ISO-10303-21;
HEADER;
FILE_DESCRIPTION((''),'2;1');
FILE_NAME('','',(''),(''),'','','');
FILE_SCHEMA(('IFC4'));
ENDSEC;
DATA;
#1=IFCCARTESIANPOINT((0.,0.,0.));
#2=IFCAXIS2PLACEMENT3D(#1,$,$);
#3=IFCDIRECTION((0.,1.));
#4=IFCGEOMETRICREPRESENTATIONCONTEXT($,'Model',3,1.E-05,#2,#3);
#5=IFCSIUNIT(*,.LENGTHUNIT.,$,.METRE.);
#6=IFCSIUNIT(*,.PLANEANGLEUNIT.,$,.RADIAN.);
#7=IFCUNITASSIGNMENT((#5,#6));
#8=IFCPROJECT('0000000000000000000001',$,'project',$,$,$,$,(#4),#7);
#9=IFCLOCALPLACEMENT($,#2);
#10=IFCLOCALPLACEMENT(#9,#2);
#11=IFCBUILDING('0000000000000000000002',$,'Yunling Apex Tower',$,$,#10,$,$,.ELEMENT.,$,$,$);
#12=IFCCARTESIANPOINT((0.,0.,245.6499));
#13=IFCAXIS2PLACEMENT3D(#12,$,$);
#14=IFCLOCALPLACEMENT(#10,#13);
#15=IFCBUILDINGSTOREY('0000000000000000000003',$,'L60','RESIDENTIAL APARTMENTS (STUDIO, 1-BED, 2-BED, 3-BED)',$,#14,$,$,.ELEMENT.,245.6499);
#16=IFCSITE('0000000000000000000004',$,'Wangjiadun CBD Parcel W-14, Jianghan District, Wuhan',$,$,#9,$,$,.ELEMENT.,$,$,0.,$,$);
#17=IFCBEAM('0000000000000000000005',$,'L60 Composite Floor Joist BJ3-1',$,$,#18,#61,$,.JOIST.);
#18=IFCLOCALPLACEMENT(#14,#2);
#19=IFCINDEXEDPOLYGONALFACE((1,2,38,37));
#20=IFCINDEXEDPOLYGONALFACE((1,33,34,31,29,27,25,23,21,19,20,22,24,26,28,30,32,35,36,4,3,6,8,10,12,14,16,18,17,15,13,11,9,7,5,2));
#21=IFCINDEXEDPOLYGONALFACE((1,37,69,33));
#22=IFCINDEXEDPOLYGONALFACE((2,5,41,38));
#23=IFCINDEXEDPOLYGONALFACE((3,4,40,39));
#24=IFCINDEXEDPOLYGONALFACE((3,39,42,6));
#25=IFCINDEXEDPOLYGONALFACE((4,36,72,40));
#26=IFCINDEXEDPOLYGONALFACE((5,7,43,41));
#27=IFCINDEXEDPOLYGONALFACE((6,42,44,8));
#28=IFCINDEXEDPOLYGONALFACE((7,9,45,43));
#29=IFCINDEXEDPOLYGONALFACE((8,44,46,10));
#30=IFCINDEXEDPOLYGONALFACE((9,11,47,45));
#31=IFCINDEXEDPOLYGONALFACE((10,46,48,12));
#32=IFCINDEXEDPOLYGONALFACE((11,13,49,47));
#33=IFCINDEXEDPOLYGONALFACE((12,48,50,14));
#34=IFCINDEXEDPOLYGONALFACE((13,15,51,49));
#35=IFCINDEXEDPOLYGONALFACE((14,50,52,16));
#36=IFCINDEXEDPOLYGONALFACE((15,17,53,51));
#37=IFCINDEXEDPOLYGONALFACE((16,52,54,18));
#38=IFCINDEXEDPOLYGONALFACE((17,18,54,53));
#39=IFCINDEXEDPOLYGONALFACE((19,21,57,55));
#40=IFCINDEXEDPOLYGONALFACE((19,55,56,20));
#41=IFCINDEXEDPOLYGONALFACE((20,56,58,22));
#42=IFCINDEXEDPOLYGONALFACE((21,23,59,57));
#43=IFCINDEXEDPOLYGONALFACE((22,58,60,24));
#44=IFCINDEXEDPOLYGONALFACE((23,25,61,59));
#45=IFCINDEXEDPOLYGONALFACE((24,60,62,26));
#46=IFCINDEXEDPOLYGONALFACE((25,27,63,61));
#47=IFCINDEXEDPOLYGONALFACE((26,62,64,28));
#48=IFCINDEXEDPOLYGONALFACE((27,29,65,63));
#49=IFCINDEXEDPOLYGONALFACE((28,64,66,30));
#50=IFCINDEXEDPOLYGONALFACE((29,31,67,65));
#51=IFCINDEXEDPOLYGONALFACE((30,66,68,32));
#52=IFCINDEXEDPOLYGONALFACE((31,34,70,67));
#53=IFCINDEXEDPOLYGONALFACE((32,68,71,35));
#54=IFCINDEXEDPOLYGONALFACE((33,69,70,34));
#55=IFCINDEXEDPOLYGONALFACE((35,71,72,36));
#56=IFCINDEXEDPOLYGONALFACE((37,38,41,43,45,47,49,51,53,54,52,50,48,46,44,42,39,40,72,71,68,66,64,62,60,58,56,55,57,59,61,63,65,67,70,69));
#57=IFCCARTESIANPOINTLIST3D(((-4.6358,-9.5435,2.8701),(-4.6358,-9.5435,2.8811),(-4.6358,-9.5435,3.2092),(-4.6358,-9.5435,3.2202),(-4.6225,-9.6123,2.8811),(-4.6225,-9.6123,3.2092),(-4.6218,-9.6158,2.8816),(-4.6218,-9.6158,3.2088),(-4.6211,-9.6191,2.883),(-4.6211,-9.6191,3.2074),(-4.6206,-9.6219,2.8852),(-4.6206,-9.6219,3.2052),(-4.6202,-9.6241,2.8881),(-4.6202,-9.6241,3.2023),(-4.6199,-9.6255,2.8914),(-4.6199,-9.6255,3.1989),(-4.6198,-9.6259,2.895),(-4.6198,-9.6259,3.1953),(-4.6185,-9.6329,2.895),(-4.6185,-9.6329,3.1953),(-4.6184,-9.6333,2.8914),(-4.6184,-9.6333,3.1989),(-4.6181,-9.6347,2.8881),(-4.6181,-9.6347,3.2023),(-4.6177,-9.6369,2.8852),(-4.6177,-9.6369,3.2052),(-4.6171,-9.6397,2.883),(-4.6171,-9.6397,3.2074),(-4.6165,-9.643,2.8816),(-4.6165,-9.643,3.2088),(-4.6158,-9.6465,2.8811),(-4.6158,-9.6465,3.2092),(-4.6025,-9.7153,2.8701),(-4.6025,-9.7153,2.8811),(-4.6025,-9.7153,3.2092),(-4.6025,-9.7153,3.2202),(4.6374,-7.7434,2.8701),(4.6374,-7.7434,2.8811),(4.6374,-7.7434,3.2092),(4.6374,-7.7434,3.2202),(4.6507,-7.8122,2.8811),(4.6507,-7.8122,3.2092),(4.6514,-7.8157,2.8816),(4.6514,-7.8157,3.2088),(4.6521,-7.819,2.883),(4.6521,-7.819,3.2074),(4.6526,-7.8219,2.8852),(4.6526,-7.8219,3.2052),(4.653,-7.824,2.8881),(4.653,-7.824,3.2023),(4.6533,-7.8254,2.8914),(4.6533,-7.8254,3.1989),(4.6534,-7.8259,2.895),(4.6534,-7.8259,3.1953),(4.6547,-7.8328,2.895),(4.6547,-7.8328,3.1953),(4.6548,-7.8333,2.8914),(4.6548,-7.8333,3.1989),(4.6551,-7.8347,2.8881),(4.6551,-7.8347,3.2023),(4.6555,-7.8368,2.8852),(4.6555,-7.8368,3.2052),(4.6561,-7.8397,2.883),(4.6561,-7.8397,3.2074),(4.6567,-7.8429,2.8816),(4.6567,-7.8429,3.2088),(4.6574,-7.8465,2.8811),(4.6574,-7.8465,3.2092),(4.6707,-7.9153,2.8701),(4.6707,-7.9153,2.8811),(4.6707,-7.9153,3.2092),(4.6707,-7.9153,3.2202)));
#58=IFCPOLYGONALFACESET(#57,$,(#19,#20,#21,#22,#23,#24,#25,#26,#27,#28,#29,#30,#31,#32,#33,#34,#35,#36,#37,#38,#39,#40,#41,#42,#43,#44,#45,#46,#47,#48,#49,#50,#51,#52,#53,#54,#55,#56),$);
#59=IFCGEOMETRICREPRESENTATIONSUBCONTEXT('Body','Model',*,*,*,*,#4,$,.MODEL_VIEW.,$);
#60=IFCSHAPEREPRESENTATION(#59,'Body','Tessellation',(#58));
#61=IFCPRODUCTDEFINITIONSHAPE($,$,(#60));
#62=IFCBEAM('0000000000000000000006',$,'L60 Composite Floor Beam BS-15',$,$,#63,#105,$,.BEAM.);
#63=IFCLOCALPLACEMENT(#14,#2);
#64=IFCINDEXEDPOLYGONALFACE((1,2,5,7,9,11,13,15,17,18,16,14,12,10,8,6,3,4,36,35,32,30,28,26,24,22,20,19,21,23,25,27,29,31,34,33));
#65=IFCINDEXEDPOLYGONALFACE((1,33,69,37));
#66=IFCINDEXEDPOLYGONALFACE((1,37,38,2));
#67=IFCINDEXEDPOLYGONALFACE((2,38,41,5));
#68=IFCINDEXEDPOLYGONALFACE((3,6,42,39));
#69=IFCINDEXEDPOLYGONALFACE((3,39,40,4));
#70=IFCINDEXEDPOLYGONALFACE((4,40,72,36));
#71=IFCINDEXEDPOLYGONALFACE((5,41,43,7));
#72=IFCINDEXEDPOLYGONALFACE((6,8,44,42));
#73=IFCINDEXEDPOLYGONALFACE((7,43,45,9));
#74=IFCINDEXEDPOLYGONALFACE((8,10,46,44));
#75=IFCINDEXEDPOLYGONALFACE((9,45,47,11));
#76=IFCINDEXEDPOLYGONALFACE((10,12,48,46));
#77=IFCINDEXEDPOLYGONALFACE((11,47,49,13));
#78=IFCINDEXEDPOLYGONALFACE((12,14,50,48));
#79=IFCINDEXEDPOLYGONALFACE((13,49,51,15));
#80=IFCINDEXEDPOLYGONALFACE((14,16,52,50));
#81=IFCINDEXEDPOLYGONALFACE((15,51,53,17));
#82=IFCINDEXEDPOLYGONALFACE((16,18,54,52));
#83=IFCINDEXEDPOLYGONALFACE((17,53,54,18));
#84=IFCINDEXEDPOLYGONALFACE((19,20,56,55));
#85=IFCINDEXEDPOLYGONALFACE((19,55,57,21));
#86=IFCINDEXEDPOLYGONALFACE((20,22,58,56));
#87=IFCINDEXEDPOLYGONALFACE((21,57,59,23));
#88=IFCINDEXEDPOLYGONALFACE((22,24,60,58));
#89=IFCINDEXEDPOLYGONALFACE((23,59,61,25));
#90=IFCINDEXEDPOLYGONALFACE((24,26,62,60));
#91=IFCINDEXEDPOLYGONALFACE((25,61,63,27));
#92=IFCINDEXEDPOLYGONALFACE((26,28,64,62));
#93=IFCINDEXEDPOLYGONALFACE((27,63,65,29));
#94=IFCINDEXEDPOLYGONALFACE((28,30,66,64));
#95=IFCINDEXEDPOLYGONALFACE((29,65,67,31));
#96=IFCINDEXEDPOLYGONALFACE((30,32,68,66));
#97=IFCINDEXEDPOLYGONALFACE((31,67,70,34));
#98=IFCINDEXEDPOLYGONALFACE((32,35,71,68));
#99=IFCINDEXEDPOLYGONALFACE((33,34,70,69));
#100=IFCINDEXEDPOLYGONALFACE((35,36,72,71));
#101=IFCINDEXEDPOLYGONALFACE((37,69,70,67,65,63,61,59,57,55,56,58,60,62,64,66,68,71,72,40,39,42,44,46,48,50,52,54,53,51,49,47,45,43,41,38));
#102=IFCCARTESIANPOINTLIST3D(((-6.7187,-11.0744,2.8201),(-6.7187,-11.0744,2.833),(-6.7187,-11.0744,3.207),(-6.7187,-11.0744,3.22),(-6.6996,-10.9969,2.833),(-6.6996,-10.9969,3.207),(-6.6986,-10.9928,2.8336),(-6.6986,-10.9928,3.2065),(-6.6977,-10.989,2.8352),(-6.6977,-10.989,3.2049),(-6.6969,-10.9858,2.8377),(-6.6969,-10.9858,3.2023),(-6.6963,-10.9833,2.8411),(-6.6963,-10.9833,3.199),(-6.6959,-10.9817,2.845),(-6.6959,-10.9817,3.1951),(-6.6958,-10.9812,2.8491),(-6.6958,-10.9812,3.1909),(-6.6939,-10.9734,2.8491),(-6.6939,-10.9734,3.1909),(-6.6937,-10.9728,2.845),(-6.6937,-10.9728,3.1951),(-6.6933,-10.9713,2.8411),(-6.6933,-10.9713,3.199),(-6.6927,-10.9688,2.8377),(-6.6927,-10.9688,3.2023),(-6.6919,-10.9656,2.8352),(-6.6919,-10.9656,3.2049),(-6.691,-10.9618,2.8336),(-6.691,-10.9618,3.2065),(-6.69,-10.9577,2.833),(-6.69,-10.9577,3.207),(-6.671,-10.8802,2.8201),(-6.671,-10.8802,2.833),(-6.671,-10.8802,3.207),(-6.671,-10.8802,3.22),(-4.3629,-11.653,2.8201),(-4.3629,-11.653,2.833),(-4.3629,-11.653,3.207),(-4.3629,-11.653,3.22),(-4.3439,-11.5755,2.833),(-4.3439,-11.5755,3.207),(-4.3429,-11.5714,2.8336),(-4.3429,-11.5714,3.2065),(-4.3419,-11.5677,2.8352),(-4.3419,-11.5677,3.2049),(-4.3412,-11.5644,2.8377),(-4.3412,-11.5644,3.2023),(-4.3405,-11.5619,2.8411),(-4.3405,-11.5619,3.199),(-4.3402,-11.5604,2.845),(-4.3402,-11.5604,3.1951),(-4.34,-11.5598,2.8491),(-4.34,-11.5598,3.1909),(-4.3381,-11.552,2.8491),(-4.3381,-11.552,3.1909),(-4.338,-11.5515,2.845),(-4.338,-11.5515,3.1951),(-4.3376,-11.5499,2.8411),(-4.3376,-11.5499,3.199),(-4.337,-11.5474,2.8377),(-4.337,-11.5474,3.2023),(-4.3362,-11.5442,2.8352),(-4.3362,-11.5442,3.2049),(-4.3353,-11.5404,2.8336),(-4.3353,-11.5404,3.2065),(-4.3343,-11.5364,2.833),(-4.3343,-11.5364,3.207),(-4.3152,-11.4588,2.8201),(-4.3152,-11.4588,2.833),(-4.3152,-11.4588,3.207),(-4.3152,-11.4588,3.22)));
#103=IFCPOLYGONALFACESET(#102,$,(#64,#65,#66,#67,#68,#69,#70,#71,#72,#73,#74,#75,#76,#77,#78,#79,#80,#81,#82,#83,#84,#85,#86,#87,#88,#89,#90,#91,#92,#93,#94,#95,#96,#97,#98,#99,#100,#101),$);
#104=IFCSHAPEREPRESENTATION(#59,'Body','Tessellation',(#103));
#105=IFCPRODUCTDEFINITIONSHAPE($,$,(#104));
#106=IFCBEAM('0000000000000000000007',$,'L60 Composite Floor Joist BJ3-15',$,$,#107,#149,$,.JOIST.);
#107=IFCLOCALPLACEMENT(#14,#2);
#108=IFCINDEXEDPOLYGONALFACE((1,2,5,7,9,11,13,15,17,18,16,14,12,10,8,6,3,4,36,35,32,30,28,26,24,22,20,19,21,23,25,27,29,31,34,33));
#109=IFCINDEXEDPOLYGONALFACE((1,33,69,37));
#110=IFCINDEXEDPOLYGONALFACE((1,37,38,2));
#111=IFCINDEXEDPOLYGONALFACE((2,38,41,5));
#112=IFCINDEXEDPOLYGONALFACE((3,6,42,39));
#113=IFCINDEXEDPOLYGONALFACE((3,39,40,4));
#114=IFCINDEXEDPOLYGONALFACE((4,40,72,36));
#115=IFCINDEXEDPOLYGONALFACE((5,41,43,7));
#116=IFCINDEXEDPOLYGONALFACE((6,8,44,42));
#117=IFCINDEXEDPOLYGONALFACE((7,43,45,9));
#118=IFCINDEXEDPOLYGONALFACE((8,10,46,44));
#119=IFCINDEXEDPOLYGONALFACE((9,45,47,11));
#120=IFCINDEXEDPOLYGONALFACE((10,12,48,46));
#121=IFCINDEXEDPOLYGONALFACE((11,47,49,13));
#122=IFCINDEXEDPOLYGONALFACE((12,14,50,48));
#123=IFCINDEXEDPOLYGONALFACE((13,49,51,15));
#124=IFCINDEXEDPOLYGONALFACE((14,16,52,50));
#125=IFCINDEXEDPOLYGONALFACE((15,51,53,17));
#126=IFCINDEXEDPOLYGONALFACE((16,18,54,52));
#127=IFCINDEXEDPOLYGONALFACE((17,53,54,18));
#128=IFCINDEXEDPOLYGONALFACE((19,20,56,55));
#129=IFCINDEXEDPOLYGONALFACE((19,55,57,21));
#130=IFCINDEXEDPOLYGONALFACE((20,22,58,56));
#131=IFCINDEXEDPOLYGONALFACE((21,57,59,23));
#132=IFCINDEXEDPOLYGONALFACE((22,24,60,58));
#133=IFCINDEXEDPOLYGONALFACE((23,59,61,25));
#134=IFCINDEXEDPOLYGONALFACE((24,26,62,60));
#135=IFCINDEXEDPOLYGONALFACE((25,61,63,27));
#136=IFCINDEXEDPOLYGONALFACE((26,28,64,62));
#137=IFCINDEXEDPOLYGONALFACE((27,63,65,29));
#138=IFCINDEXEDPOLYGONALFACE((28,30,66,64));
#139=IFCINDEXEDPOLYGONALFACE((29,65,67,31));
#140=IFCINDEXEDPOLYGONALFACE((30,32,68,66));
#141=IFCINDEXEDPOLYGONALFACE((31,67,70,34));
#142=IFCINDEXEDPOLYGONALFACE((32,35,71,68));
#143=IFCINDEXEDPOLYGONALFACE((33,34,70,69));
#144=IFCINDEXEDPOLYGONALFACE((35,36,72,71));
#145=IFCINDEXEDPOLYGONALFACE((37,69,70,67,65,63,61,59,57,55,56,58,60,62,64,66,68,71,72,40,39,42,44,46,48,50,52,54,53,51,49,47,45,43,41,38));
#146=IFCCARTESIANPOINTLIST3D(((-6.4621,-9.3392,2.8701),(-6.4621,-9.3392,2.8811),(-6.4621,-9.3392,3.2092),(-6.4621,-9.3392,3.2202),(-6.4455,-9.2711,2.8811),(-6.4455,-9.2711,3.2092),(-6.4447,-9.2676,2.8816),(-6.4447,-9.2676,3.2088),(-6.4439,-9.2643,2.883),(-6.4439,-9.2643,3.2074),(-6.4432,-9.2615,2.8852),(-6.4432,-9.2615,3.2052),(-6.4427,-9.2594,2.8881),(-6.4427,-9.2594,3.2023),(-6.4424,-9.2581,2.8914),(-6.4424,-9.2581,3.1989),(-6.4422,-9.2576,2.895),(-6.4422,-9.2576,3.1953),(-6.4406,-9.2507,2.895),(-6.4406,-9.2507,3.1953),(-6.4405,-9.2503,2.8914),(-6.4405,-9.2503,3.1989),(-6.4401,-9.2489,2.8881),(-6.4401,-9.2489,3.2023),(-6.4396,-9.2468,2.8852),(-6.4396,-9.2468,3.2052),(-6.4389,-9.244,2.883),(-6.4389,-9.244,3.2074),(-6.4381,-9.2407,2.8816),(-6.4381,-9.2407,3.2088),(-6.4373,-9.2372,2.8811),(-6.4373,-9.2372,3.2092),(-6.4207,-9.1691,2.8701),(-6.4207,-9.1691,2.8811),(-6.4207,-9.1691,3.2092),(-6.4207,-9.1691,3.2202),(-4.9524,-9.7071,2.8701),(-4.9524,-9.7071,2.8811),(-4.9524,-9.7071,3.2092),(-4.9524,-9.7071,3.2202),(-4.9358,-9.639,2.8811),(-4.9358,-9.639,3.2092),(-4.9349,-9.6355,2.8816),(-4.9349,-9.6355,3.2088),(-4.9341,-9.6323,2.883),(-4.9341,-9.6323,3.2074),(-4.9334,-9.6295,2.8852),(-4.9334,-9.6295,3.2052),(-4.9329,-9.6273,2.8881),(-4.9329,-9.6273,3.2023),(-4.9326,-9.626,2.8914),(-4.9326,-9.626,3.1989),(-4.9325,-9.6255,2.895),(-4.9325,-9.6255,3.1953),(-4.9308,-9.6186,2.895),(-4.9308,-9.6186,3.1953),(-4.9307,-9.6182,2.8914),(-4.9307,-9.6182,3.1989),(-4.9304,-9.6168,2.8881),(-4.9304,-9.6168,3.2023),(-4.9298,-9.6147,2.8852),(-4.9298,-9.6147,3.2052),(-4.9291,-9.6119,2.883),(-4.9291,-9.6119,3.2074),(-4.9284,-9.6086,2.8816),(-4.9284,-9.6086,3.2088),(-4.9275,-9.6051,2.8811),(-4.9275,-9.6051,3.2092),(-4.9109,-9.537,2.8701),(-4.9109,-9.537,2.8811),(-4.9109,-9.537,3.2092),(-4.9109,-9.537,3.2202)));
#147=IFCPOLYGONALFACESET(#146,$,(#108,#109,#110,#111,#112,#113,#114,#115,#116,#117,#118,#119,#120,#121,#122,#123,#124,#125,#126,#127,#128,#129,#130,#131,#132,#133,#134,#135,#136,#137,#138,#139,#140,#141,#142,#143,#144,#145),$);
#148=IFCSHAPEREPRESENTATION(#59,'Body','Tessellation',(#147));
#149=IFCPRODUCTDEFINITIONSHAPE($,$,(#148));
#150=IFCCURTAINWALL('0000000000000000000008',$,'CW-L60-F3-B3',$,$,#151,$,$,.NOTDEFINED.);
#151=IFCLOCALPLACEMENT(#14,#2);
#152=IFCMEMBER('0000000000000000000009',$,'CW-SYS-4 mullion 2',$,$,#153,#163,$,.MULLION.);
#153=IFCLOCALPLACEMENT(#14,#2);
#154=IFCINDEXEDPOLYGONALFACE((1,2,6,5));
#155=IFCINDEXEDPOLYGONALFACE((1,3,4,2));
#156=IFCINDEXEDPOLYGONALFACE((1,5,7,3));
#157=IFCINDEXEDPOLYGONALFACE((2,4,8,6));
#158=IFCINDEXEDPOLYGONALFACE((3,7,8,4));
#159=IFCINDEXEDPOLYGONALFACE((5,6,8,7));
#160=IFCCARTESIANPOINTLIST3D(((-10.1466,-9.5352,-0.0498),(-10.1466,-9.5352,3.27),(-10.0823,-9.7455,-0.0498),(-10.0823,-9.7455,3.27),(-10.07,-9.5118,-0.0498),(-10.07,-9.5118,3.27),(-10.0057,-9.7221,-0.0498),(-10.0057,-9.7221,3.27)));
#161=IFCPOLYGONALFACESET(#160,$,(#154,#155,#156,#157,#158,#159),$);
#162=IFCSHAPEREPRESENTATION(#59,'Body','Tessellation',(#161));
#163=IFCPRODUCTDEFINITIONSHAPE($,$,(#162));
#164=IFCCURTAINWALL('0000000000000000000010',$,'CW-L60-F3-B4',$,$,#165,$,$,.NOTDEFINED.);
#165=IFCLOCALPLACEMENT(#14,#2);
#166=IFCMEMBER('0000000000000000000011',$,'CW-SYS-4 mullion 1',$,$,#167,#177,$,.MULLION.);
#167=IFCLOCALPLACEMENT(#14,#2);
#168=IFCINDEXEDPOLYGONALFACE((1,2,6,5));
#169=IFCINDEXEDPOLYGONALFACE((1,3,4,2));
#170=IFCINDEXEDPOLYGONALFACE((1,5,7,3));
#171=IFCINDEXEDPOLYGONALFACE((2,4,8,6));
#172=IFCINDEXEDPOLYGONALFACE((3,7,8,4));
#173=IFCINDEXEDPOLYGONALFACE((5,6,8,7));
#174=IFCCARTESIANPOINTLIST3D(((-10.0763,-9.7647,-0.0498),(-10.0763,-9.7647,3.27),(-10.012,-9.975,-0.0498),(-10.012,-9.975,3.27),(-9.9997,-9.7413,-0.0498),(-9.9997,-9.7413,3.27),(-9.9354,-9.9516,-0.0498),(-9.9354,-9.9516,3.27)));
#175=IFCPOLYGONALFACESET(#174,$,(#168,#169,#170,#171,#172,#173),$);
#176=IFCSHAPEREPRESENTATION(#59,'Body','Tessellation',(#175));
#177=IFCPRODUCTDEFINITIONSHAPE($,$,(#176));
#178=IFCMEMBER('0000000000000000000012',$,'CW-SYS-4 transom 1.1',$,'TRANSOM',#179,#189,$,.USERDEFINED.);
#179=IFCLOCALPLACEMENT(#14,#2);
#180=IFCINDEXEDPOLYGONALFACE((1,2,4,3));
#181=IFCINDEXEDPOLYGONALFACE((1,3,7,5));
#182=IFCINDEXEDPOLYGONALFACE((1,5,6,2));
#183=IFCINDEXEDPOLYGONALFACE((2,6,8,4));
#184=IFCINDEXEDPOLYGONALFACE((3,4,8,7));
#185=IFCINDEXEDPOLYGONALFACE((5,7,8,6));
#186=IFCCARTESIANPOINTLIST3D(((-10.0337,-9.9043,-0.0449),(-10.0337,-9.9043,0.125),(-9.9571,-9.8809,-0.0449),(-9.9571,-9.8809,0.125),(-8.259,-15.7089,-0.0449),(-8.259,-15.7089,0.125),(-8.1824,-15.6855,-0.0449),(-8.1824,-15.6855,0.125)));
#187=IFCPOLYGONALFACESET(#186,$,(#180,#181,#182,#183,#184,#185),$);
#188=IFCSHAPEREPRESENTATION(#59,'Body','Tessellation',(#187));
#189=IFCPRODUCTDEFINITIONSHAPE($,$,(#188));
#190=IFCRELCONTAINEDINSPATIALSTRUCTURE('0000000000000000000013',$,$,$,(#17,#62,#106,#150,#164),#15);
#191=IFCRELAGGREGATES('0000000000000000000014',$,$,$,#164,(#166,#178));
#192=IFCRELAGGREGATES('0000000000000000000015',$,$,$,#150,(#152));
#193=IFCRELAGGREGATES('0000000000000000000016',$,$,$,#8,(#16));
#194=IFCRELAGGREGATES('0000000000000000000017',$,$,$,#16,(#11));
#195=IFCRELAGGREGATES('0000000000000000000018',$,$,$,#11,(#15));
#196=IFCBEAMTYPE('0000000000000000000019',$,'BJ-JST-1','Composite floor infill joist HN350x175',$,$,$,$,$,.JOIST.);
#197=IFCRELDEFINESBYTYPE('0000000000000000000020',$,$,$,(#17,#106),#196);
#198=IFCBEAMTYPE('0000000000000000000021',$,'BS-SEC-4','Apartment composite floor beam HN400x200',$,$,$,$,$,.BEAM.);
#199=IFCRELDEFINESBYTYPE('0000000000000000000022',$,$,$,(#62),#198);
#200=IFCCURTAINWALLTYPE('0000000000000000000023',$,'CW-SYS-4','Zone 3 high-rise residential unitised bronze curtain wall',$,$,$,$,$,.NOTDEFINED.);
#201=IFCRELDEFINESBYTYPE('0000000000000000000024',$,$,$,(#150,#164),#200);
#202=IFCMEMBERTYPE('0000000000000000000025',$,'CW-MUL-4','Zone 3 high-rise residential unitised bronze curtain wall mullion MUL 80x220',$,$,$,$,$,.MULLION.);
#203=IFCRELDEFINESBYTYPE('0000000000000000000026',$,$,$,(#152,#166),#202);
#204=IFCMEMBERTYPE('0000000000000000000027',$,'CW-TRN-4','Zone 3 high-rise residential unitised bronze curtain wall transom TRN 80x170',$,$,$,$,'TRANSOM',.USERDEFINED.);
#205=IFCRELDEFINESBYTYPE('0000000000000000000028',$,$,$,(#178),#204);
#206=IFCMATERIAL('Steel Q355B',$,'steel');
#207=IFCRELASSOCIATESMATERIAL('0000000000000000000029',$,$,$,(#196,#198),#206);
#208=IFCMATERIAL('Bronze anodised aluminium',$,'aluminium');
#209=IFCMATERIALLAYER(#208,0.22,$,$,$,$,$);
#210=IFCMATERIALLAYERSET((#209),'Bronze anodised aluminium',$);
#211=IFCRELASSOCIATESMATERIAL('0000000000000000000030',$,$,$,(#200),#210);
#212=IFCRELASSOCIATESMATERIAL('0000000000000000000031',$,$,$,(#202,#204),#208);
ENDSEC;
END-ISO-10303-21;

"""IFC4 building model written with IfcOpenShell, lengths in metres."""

from ifc_helpers import new_model, si_unit, direction, frame, origin, origin_2d, place, context, subcontext, project, spatial, rectangle, i_section, extrude, source, transform, mapped, material, layer, layer_set, material_profile, profile_set, type_object, element, aggregate, save


model = new_model("IFC4")

# Units and contexts
model_context = context("Model", 3, precision=1e-05, world=origin(), true_north=direction((0.0, 1.0)))
body_context = subcontext(model_context, "Body", "Model", "MODEL_VIEW")
ifc_project = project(units=[si_unit("LENGTHUNIT", "METRE"), si_unit("PLANEANGLEUNIT", "RADIAN")], contexts=[model_context])

# Site, building, storey
site_placement = place(None, origin())
site = spatial("IfcSite", under=ifc_project, at=site_placement, Name="Wangjiadun CBD Parcel W-14, Jianghan District, Wuhan", CompositionType="ELEMENT", RefElevation=0.0)
building_placement = place(site_placement, origin())
building = spatial("IfcBuilding", under=site, at=building_placement, Name="Yunling Apex Tower", CompositionType="ELEMENT")
storey_placement = place(building_placement, frame((0.0, 0.0, 245.6499)))
storey = spatial("IfcBuildingStorey", under=building, at=storey_placement, Name="L60", Description="RESIDENTIAL APARTMENTS (STUDIO, 1-BED, 2-BED, 3-BED)", CompositionType="ELEMENT", Elevation=245.6499)

# Beams
ifc_material_1 = material(Name="Steel Q355B", Category="steel")
ifc_material_profile_1 = material_profile(ifc_material_1, i_section(OverallWidth=0.175, OverallDepth=0.3501, WebThickness=0.0071, FlangeThickness=0.011, FilletRadius=0.0139, at=origin_2d()))
ifc_profile_set_1 = profile_set([ifc_material_profile_1], Name="Steel Q355B")
beam_type_1 = type_object("IfcBeamType", Name="BJ-JST-1", Description="Composite floor infill joist HN350x175", PredefinedType="JOIST", material=ifc_profile_set_1)
shared_shape_1 = source(origin(), body_context, "Body", "SweptSolid", [
    extrude(i_section(OverallWidth=0.175, OverallDepth=0.3501, WebThickness=0.0071, FlangeThickness=0.011, FilletRadius=0.0139, at=origin_2d()), origin(), (0.0, 0.0, 1.0), 9.4463),
])
beam_1_placement = place(storey_placement, frame((-4.6191, -9.6294, 3.0452), z_axis=(0.981676, 0.190556, 0.0), x_axis=(-0.190556, 0.981676, 0.0)))
element("IfcBeam", 1, at=beam_1_placement, inside=storey, type_object=beam_type_1, Name="L60 Composite Floor Joist BJ3-1", PredefinedType="JOIST", context=body_context, shape_type="MappedRepresentation", body=[
    mapped(shared_shape_1, transform((0.0, 0.0, 0.0), scale=1.0)),
])
ifc_material_profile_2 = material_profile(ifc_material_1, i_section(OverallWidth=0.2, OverallDepth=0.3999, WebThickness=0.0081, FlangeThickness=0.0129, FilletRadius=0.0161, at=origin_2d()))
ifc_profile_set_2 = profile_set([ifc_material_profile_2], Name="Steel Q355B")
beam_type_2 = type_object("IfcBeamType", Name="BS-SEC-4", Description="Apartment composite floor beam HN400x200", PredefinedType="BEAM", material=ifc_profile_set_2)
shared_shape_2 = source(origin(), body_context, "Body", "SweptSolid", [
    extrude(i_section(OverallWidth=0.2, OverallDepth=0.3999, WebThickness=0.0081, FlangeThickness=0.0129, FilletRadius=0.0161, at=origin_2d()), origin(), (0.0, 0.0, 1.0), 2.4258),
])
beam_2_placement = place(storey_placement, frame((-6.6948, -10.9773, 3.02), z_axis=(0.971135, -0.238531, 0.0), x_axis=(0.238531, 0.971135, 0.0)))
element("IfcBeam", 2, at=beam_2_placement, inside=storey, type_object=beam_type_2, Name="L60 Composite Floor Beam BS-15", PredefinedType="BEAM", context=body_context, shape_type="MappedRepresentation", body=[
    mapped(shared_shape_2, transform((0.0, 0.0, 0.0), scale=1.0)),
])
shared_shape_3 = source(origin(), body_context, "Body", "SweptSolid", [
    extrude(i_section(OverallWidth=0.175, OverallDepth=0.3501, WebThickness=0.0071, FlangeThickness=0.011, FilletRadius=0.0139, at=origin_2d()), origin(), (0.0, 0.0, 1.0), 1.554),
])
beam_3_placement = place(storey_placement, frame((-6.4414, -9.2542, 3.0452), z_axis=(0.971567, -0.236764, 0.0), x_axis=(0.236764, 0.971567, 0.0)))
element("IfcBeam", 3, at=beam_3_placement, inside=storey, type_object=beam_type_1, Name="L60 Composite Floor Joist BJ3-15", PredefinedType="JOIST", context=body_context, shape_type="MappedRepresentation", body=[
    mapped(shared_shape_3, transform((0.0, 0.0, 0.0), scale=1.0)),
])

# Curtain wall, member
ifc_material_2 = material(Name="Bronze anodised aluminium", Category="aluminium")
ifc_layer_1 = layer(ifc_material_2, 0.22)
ifc_layer_set_1 = layer_set([ifc_layer_1], Name="Bronze anodised aluminium")
curtain_wall_type = type_object("IfcCurtainWallType", Name="CW-SYS-4", Description="Zone 3 high-rise residential unitised bronze curtain wall", PredefinedType="NOTDEFINED", material=ifc_layer_set_1)
curtain_wall_1_placement = place(storey_placement, origin())
curtain_wall_1 = element("IfcCurtainWall", 4, at=curtain_wall_1_placement, inside=storey, type_object=curtain_wall_type, Name="CW-L60-F3-B3", PredefinedType="NOTDEFINED")
ifc_material_profile_3 = material_profile(ifc_material_2, rectangle(XDim=0.0801, YDim=0.22, at=origin_2d()))
ifc_profile_set_3 = profile_set([ifc_material_profile_3], Name="Bronze anodised aluminium")
member_type_1 = type_object("IfcMemberType", Name="CW-MUL-4", Description="Zone 3 high-rise residential unitised bronze curtain wall mullion MUL 80x220", PredefinedType="MULLION", material=ifc_profile_set_3)
shared_shape_4 = source(origin(), body_context, "Body", "SweptSolid", [
    extrude(rectangle(XDim=0.0801, YDim=0.22, at=origin_2d()), origin(), (0.0, 0.0, 1.0), 3.3198),
])
member_1_placement = place(storey_placement, frame((-10.0762, -9.6287, -0.0498), z_axis=(0.0, 0.0, 1.0), x_axis=(0.956305, 0.292372, 0.0)))
member_1 = element("IfcMember", 5, at=member_1_placement, type_object=member_type_1, Name="CW-SYS-4 mullion 2", PredefinedType="MULLION", context=body_context, shape_type="MappedRepresentation", body=[
    mapped(shared_shape_4, transform((0.0, 0.0, 0.0), scale=1.0)),
])

# Curtain wall, members
curtain_wall_2_placement = place(storey_placement, origin())
curtain_wall_2 = element("IfcCurtainWall", 6, at=curtain_wall_2_placement, inside=storey, type_object=curtain_wall_type, Name="CW-L60-F3-B4", PredefinedType="NOTDEFINED")
member_2_placement = place(storey_placement, frame((-10.0059, -9.8582, -0.0498), z_axis=(0.0, 0.0, 1.0), x_axis=(0.956305, 0.292372, 0.0)))
member_2 = element("IfcMember", 7, at=member_2_placement, type_object=member_type_1, Name="CW-SYS-4 mullion 1", PredefinedType="MULLION", context=body_context, shape_type="MappedRepresentation", body=[
    mapped(shared_shape_4, transform((0.0, 0.0, 0.0), scale=1.0)),
])
ifc_material_profile_4 = material_profile(ifc_material_2, rectangle(XDim=0.0801, YDim=0.1699, at=origin_2d()))
ifc_profile_set_4 = profile_set([ifc_material_profile_4], Name="Bronze anodised aluminium")
member_type_2 = type_object("IfcMemberType", Name="CW-TRN-4", Description="Zone 3 high-rise residential unitised bronze curtain wall transom TRN 80x170", ElementType="TRANSOM", PredefinedType="USERDEFINED", material=ifc_profile_set_4)
shared_shape_5 = source(origin(), body_context, "Body", "SweptSolid", [
    extrude(rectangle(XDim=0.0801, YDim=0.1699, at=origin_2d()), origin(), (0.0, 0.0, 1.0), 6.0698),
])
member_3_placement = place(storey_placement, frame((-9.9954, -9.8926, 0.04), z_axis=(0.29237, -0.956305, 0.0), x_axis=(0.956305, 0.29237, 0.0)))
member_3 = element("IfcMember", 8, at=member_3_placement, type_object=member_type_2, Name="CW-SYS-4 transom 1.1", ObjectType="TRANSOM", PredefinedType="USERDEFINED", context=body_context, shape_type="MappedRepresentation", body=[
    mapped(shared_shape_5, transform((0.0, 0.0, 0.0), scale=1.0)),
])
aggregate(curtain_wall_2, [member_2, member_3])

aggregate(curtain_wall_1, [member_1])

save(model, "model.ifc")
